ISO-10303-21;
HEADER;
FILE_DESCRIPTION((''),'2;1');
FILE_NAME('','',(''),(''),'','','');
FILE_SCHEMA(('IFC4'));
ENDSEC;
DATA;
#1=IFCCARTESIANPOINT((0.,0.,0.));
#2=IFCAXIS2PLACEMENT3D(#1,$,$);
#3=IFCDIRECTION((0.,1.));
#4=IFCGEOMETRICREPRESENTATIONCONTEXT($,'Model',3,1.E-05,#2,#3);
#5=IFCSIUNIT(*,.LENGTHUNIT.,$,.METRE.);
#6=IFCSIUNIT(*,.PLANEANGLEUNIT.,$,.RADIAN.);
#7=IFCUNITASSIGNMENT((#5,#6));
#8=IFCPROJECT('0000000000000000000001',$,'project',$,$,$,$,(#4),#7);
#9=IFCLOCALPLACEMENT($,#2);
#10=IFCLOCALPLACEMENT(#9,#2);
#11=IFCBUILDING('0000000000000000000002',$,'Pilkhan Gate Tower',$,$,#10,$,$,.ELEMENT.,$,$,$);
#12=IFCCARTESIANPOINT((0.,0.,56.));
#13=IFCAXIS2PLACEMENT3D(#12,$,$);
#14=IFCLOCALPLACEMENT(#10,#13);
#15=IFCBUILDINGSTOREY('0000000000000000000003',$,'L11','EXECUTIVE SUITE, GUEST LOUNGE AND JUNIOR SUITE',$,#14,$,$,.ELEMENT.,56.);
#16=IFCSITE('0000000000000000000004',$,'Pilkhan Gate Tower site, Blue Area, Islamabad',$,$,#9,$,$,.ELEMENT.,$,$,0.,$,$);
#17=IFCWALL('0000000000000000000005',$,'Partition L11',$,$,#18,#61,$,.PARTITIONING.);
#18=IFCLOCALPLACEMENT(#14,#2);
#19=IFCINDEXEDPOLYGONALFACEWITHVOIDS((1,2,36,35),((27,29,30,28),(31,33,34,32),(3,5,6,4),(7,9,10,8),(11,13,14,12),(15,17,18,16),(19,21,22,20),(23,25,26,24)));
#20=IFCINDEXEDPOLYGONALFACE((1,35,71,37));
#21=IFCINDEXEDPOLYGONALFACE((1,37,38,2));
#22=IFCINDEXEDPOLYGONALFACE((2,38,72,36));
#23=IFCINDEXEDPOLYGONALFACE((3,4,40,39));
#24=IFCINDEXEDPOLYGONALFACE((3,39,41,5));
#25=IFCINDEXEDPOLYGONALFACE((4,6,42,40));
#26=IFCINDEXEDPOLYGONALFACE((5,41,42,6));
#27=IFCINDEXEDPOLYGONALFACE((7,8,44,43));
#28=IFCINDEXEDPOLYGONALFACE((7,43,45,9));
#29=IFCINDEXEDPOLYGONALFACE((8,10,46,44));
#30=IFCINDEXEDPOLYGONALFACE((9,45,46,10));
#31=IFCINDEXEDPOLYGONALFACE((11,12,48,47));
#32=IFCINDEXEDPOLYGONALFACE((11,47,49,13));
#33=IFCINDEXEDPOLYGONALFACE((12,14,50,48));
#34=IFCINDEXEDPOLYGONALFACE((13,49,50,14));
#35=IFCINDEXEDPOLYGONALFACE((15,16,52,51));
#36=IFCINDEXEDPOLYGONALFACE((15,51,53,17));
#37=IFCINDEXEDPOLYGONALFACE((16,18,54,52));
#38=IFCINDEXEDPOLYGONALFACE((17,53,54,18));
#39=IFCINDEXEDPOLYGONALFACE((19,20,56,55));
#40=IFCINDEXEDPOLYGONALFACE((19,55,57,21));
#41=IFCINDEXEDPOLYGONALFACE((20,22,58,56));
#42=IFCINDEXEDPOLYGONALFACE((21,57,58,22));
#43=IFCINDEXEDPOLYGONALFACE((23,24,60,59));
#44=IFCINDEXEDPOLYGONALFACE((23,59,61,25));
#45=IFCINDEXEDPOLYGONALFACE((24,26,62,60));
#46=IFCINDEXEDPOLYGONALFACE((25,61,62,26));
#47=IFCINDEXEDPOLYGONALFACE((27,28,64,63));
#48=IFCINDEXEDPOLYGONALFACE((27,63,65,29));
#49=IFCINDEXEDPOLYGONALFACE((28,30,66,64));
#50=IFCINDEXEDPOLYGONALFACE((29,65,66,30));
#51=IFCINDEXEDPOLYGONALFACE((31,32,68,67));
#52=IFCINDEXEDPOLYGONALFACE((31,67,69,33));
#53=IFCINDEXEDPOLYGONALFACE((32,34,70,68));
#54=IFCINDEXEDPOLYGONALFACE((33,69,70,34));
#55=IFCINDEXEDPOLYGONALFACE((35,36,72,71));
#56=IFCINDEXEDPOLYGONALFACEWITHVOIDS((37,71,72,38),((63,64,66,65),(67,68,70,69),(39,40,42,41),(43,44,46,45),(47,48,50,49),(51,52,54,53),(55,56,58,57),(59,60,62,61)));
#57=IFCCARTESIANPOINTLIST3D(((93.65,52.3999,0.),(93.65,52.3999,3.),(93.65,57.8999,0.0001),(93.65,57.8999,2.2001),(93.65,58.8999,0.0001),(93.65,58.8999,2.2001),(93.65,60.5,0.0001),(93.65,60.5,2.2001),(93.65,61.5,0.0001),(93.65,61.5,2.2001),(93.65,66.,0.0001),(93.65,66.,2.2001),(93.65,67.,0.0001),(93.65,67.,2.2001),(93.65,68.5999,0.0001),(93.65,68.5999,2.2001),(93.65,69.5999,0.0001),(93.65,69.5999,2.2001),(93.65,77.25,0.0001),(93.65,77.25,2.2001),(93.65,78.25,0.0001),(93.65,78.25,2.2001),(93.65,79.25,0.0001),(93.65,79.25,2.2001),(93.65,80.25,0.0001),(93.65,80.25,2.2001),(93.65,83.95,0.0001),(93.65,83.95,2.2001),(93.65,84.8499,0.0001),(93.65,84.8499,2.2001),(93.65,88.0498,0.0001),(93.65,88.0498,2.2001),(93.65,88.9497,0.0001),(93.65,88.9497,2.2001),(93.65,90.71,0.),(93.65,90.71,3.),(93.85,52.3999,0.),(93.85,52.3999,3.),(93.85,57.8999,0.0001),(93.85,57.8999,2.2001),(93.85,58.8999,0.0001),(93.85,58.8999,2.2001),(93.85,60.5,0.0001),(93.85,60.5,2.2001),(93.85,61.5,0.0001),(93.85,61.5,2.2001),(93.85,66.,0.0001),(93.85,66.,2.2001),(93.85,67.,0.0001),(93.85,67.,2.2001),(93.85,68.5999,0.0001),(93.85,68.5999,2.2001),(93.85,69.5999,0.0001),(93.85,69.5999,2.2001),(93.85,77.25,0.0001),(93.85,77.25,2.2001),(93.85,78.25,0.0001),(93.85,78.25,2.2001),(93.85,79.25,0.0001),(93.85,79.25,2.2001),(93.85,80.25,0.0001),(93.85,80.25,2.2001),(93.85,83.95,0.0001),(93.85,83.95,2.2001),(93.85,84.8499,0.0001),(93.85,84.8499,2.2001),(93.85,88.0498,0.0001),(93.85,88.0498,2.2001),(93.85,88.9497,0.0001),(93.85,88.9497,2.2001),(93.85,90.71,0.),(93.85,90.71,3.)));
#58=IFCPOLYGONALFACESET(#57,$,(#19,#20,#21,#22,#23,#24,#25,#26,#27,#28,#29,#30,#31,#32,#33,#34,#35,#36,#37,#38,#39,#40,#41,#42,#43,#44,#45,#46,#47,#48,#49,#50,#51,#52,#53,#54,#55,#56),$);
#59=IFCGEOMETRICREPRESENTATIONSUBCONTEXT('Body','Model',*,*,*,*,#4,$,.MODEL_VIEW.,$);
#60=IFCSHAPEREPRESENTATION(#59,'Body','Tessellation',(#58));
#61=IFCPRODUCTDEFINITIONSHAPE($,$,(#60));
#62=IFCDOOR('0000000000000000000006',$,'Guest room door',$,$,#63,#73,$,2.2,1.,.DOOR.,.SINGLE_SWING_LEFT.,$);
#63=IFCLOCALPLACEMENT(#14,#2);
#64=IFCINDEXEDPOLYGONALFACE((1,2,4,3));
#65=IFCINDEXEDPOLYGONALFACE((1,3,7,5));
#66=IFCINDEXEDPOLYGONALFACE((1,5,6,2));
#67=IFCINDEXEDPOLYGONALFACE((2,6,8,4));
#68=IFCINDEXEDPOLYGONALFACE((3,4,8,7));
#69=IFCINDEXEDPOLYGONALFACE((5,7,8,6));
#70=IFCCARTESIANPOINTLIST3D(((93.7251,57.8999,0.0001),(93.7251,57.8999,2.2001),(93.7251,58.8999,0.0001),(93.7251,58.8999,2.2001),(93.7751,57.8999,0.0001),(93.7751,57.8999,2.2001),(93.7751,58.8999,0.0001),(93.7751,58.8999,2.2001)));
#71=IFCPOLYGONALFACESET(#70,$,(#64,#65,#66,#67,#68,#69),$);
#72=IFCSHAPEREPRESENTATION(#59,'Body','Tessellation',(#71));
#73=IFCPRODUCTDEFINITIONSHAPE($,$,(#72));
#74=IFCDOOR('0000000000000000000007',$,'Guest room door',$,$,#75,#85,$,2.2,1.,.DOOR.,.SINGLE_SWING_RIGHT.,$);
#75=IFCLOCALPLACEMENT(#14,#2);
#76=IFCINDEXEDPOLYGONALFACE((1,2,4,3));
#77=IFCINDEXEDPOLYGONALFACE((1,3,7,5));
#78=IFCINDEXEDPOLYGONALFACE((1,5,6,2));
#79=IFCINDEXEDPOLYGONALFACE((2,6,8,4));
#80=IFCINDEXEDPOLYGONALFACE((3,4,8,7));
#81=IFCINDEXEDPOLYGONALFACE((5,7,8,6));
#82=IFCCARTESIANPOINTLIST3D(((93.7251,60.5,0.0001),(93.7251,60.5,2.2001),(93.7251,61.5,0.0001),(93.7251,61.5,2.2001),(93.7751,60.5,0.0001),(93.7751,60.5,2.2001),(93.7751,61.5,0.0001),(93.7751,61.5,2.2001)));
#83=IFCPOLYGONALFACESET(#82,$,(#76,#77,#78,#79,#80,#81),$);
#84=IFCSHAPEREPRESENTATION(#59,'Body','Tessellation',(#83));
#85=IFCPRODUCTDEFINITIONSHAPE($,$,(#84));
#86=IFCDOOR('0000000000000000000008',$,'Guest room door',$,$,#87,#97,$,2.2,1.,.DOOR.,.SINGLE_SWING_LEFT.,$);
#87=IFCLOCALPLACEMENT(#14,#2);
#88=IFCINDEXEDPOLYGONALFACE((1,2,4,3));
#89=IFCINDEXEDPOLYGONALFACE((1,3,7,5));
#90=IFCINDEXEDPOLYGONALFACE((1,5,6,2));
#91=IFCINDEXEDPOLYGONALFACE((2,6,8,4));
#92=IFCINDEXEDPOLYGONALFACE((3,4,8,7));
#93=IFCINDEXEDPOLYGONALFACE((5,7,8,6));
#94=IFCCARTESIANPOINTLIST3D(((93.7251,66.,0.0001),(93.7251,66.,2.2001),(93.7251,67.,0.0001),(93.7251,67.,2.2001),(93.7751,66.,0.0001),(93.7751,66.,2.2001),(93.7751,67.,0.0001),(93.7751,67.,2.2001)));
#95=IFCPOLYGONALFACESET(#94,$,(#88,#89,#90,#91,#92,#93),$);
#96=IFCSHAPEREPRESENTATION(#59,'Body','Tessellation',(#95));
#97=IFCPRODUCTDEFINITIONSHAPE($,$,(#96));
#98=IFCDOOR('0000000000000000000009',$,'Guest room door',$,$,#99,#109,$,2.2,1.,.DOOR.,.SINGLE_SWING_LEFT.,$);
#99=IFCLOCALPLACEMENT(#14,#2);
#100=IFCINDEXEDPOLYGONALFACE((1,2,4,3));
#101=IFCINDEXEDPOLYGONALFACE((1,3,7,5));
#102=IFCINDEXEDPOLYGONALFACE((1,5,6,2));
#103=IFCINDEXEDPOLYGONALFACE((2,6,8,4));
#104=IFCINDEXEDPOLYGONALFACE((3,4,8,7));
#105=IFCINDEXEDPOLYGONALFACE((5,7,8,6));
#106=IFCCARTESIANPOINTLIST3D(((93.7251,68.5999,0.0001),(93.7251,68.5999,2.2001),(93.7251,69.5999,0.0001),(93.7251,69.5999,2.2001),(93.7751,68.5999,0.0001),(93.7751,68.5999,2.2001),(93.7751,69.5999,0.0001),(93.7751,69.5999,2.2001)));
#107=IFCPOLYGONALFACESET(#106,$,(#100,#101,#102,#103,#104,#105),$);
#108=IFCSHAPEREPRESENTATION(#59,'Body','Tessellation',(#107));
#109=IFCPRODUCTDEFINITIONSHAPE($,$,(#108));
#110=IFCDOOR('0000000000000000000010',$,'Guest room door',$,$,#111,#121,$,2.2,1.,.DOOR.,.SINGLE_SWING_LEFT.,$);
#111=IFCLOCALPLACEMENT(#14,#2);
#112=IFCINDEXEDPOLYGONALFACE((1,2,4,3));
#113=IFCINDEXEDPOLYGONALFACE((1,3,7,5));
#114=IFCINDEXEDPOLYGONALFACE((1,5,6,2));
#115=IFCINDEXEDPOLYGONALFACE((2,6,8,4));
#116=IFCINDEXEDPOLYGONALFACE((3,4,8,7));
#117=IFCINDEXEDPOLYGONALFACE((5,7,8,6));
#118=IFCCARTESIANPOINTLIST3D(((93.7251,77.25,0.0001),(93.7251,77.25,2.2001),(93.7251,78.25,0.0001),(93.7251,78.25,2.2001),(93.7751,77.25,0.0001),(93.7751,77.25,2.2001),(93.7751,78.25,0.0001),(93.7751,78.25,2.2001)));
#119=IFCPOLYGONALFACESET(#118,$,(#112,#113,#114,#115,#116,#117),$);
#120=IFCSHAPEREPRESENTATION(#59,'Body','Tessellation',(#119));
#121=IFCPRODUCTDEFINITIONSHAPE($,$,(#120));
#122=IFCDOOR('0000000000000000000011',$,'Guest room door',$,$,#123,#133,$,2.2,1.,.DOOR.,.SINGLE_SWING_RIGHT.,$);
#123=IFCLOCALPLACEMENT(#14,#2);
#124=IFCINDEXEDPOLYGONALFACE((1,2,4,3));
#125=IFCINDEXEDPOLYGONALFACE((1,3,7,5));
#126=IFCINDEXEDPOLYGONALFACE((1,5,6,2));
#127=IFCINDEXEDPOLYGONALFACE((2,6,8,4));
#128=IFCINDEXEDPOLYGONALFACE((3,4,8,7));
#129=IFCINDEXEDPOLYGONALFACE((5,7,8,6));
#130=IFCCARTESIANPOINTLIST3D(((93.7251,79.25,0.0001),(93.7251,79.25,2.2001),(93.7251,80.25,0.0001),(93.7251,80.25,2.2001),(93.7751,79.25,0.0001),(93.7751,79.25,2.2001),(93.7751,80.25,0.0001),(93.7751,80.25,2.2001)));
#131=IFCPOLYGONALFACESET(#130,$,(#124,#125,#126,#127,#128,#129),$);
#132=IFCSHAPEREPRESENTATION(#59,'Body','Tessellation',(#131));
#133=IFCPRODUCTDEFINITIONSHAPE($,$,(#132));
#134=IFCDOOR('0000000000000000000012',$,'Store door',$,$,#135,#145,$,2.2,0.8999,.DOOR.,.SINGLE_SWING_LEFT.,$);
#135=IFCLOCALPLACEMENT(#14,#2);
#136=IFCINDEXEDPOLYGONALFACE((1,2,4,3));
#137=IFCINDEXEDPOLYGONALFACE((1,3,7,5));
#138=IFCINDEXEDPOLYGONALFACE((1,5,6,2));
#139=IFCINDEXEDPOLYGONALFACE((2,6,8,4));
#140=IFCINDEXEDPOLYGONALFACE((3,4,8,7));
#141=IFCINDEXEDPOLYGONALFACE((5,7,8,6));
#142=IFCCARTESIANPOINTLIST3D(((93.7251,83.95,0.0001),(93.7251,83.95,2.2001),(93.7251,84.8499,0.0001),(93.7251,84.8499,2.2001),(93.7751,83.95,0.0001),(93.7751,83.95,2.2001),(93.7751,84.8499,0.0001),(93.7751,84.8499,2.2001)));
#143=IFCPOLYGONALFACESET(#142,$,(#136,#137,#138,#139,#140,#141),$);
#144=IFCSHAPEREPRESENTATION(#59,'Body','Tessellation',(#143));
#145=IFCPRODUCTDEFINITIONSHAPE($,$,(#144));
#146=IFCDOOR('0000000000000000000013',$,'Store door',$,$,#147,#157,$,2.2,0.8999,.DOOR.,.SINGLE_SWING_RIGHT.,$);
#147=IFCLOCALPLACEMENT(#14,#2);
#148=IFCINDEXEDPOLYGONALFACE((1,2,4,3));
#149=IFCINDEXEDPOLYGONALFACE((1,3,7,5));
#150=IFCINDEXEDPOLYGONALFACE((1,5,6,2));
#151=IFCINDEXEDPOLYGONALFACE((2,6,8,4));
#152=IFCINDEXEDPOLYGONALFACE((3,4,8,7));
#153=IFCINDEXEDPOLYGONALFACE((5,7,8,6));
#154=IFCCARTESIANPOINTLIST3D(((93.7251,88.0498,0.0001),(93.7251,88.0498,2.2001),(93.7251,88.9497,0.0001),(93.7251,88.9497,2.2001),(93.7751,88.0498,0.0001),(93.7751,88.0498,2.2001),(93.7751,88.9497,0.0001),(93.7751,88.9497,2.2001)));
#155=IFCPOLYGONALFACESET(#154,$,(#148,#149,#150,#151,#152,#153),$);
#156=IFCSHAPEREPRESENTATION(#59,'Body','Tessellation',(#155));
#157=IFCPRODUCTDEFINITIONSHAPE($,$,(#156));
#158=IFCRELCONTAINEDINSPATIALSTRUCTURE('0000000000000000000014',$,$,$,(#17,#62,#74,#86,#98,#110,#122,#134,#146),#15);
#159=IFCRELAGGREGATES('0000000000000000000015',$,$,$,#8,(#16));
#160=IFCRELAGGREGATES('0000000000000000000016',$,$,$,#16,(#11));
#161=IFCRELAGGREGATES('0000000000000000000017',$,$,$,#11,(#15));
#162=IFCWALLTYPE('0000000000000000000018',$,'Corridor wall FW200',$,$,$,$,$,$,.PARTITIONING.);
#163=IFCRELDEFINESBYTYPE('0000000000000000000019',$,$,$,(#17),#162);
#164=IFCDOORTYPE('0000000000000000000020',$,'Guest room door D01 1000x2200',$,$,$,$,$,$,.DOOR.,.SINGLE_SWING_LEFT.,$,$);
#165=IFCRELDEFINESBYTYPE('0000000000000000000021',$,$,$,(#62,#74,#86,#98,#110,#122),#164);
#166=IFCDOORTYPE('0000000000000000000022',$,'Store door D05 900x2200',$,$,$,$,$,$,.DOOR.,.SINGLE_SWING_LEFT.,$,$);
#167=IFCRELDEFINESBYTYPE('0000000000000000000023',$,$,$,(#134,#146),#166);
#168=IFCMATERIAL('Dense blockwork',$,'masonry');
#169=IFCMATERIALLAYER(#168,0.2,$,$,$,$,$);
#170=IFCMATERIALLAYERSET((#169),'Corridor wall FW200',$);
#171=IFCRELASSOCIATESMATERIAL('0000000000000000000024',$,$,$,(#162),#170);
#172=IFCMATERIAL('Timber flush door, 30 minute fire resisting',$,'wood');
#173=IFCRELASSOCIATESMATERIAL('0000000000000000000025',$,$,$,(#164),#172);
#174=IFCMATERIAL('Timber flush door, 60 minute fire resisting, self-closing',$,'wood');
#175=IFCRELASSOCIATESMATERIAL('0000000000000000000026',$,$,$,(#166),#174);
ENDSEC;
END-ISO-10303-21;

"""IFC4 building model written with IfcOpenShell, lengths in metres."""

from ifc_helpers import new_model, si_unit, direction, frame, frame_2d, origin, place, context, subcontext, project, spatial, rectangle, extrude, material, layer, layer_set, type_object, element, fill, save


model = new_model("IFC4")

# Units and contexts
model_context = context("Model", 3, precision=1e-05, world=origin(), true_north=direction((0.0, 1.0)))
body_context = subcontext(model_context, "Body", "Model", "MODEL_VIEW")
ifc_project = project(units=[si_unit("LENGTHUNIT", "METRE"), si_unit("PLANEANGLEUNIT", "RADIAN")], contexts=[model_context])

# Site, building, storey
site_placement = place(None, origin())
site = spatial("IfcSite", under=ifc_project, at=site_placement, Name="Pilkhan Gate Tower site, Blue Area, Islamabad", CompositionType="ELEMENT", RefElevation=0.0)
building_placement = place(site_placement, origin())
building = spatial("IfcBuilding", under=site, at=building_placement, Name="Pilkhan Gate Tower", CompositionType="ELEMENT")
storey_placement = place(building_placement, frame((0.0, 0.0, 56.0)))
storey = spatial("IfcBuildingStorey", under=building, at=storey_placement, Name="L11", Description="EXECUTIVE SUITE, GUEST LOUNGE AND JUNIOR SUITE", CompositionType="ELEMENT", Elevation=56.0)

# Shared definitions
ifc_material_1 = material(Name="Dense blockwork", Category="masonry")
ifc_layer_1 = layer(ifc_material_1, 0.2)
ifc_layer_set_1 = layer_set([ifc_layer_1], Name="Corridor wall FW200")
wall_type_1 = type_object("IfcWallType", Name="Corridor wall FW200", PredefinedType="PARTITIONING", material=ifc_layer_set_1)

# Wall, openings, doors
ifc_material_2 = material(Name="Timber flush door, 30 minute fire resisting", Category="wood")
wall_1_placement = place(storey_placement, frame((93.75, 52.3999, 0.0), z_axis=(0.0, 0.0, 1.0), x_axis=(0.0, 1.0, 0.0)))
wall_1 = element("IfcWall", 1, at=wall_1_placement, inside=storey, type_object=wall_type_1, Name="Partition L11", PredefinedType="PARTITIONING", context=body_context, shape_type="SweptSolid", body=[
    extrude(rectangle(XDim=38.3101, YDim=0.2, at=frame_2d((19.155, 0.0))), origin(), (0.0, 0.0, 1.0), 3.0),
])
opening_1_placement = place(wall_1_placement, frame((5.5, 0.0, 0.0)))
opening_1 = element("IfcOpeningElement", 2, at=opening_1_placement, cuts=wall_1, PredefinedType="OPENING", context=body_context, shape_type="SweptSolid", body=[
    extrude(rectangle(XDim=1.0, YDim=2.2, at=frame_2d((0.5, 1.1001))), frame((0.0, 0.1099, 0.0), z_axis=(0.0, -1.0, 0.0), x_axis=(1.0, 0.0, 0.0)), (0.0, 0.0, 1.0), 0.22),
])
opening_2_placement = place(wall_1_placement, frame((8.1001, 0.0, 0.0)))
opening_2 = element("IfcOpeningElement", 3, at=opening_2_placement, cuts=wall_1, PredefinedType="OPENING", context=body_context, shape_type="SweptSolid", body=[
    extrude(rectangle(XDim=1.0, YDim=2.2, at=frame_2d((0.5, 1.1001))), frame((0.0, 0.1099, 0.0), z_axis=(0.0, -1.0, 0.0), x_axis=(1.0, 0.0, 0.0)), (0.0, 0.0, 1.0), 0.22),
])
opening_3_placement = place(wall_1_placement, frame((13.6001, 0.0, 0.0)))
opening_3 = element("IfcOpeningElement", 4, at=opening_3_placement, cuts=wall_1, PredefinedType="OPENING", context=body_context, shape_type="SweptSolid", body=[
    extrude(rectangle(XDim=1.0, YDim=2.2, at=frame_2d((0.5, 1.1001))), frame((0.0, 0.1099, 0.0), z_axis=(0.0, -1.0, 0.0), x_axis=(1.0, 0.0, 0.0)), (0.0, 0.0, 1.0), 0.22),
])
opening_4_placement = place(wall_1_placement, frame((16.2, 0.0, 0.0)))
opening_4 = element("IfcOpeningElement", 5, at=opening_4_placement, cuts=wall_1, PredefinedType="OPENING", context=body_context, shape_type="SweptSolid", body=[
    extrude(rectangle(XDim=1.0, YDim=2.2, at=frame_2d((0.5, 1.1001))), frame((0.0, 0.1099, 0.0), z_axis=(0.0, -1.0, 0.0), x_axis=(1.0, 0.0, 0.0)), (0.0, 0.0, 1.0), 0.22),
])
opening_5_placement = place(wall_1_placement, frame((24.8501, 0.0, 0.0)))
opening_5 = element("IfcOpeningElement", 6, at=opening_5_placement, cuts=wall_1, PredefinedType="OPENING", context=body_context, shape_type="SweptSolid", body=[
    extrude(rectangle(XDim=1.0, YDim=2.2, at=frame_2d((0.5, 1.1001))), frame((0.0, 0.1099, 0.0), z_axis=(0.0, -1.0, 0.0), x_axis=(1.0, 0.0, 0.0)), (0.0, 0.0, 1.0), 0.22),
])
opening_6_placement = place(wall_1_placement, frame((26.8501, 0.0, 0.0)))
opening_6 = element("IfcOpeningElement", 7, at=opening_6_placement, cuts=wall_1, PredefinedType="OPENING", context=body_context, shape_type="SweptSolid", body=[
    extrude(rectangle(XDim=1.0, YDim=2.2, at=frame_2d((0.5, 1.1001))), frame((0.0, 0.1099, 0.0), z_axis=(0.0, -1.0, 0.0), x_axis=(1.0, 0.0, 0.0)), (0.0, 0.0, 1.0), 0.22),
])
opening_7_placement = place(wall_1_placement, frame((31.55, 0.0, 0.0)))
opening_7 = element("IfcOpeningElement", 8, at=opening_7_placement, cuts=wall_1, PredefinedType="OPENING", context=body_context, shape_type="SweptSolid", body=[
    extrude(rectangle(XDim=0.8999, YDim=2.2, at=frame_2d((0.45, 1.1001))), frame((0.0, 0.1099, 0.0), z_axis=(0.0, -1.0, 0.0), x_axis=(1.0, 0.0, 0.0)), (0.0, 0.0, 1.0), 0.22),
])
opening_8_placement = place(wall_1_placement, frame((35.6499, 0.0, 0.0)))
opening_8 = element("IfcOpeningElement", 9, at=opening_8_placement, cuts=wall_1, PredefinedType="OPENING", context=body_context, shape_type="SweptSolid", body=[
    extrude(rectangle(XDim=0.8999, YDim=2.2, at=frame_2d((0.45, 1.1001))), frame((0.0, 0.1099, 0.0), z_axis=(0.0, -1.0, 0.0), x_axis=(1.0, 0.0, 0.0)), (0.0, 0.0, 1.0), 0.22),
])
door_type_1 = type_object("IfcDoorType", Name="Guest room door D01 1000x2200", OperationType="SINGLE_SWING_LEFT", PredefinedType="DOOR", material=ifc_material_2)
door_1_placement = place(opening_1_placement, origin())
door_1 = element("IfcDoor", 10, at=door_1_placement, inside=storey, type_object=door_type_1, Name="Guest room door", OperationType="SINGLE_SWING_LEFT", OverallHeight=2.2, OverallWidth=1.0, PredefinedType="DOOR", context=body_context, shape_type="SweptSolid", body=[
    extrude(rectangle(XDim=1.0, YDim=2.2, at=frame_2d((0.5, 1.1001))), frame((0.0, 0.0249, 0.0), z_axis=(0.0, -1.0, 0.0), x_axis=(1.0, 0.0, 0.0)), (0.0, 0.0, 1.0), 0.05),
])
fill(opening_1, door_1)
door_2_placement = place(opening_2_placement, origin())
door_2 = element("IfcDoor", 11, at=door_2_placement, inside=storey, type_object=door_type_1, Name="Guest room door", OperationType="SINGLE_SWING_RIGHT", OverallHeight=2.2, OverallWidth=1.0, PredefinedType="DOOR", context=body_context, shape_type="SweptSolid", body=[
    extrude(rectangle(XDim=1.0, YDim=2.2, at=frame_2d((0.5, 1.1001))), frame((0.0, 0.0249, 0.0), z_axis=(0.0, -1.0, 0.0), x_axis=(1.0, 0.0, 0.0)), (0.0, 0.0, 1.0), 0.05),
])
fill(opening_2, door_2)
door_3_placement = place(opening_3_placement, origin())
door_3 = element("IfcDoor", 12, at=door_3_placement, inside=storey, type_object=door_type_1, Name="Guest room door", OperationType="SINGLE_SWING_LEFT", OverallHeight=2.2, OverallWidth=1.0, PredefinedType="DOOR", context=body_context, shape_type="SweptSolid", body=[
    extrude(rectangle(XDim=1.0, YDim=2.2, at=frame_2d((0.5, 1.1001))), frame((0.0, 0.0249, 0.0), z_axis=(0.0, -1.0, 0.0), x_axis=(1.0, 0.0, 0.0)), (0.0, 0.0, 1.0), 0.05),
])
fill(opening_3, door_3)
door_4_placement = place(opening_4_placement, origin())
door_4 = element("IfcDoor", 13, at=door_4_placement, inside=storey, type_object=door_type_1, Name="Guest room door", OperationType="SINGLE_SWING_LEFT", OverallHeight=2.2, OverallWidth=1.0, PredefinedType="DOOR", context=body_context, shape_type="SweptSolid", body=[
    extrude(rectangle(XDim=1.0, YDim=2.2, at=frame_2d((0.5, 1.1001))), frame((0.0, 0.0249, 0.0), z_axis=(0.0, -1.0, 0.0), x_axis=(1.0, 0.0, 0.0)), (0.0, 0.0, 1.0), 0.05),
])
fill(opening_4, door_4)
door_5_placement = place(opening_5_placement, origin())
door_5 = element("IfcDoor", 14, at=door_5_placement, inside=storey, type_object=door_type_1, Name="Guest room door", OperationType="SINGLE_SWING_LEFT", OverallHeight=2.2, OverallWidth=1.0, PredefinedType="DOOR", context=body_context, shape_type="SweptSolid", body=[
    extrude(rectangle(XDim=1.0, YDim=2.2, at=frame_2d((0.5, 1.1001))), frame((0.0, 0.0249, 0.0), z_axis=(0.0, -1.0, 0.0), x_axis=(1.0, 0.0, 0.0)), (0.0, 0.0, 1.0), 0.05),
])
fill(opening_5, door_5)
door_6_placement = place(opening_6_placement, origin())
door_6 = element("IfcDoor", 15, at=door_6_placement, inside=storey, type_object=door_type_1, Name="Guest room door", OperationType="SINGLE_SWING_RIGHT", OverallHeight=2.2, OverallWidth=1.0, PredefinedType="DOOR", context=body_context, shape_type="SweptSolid", body=[
    extrude(rectangle(XDim=1.0, YDim=2.2, at=frame_2d((0.5, 1.1001))), frame((0.0, 0.0249, 0.0), z_axis=(0.0, -1.0, 0.0), x_axis=(1.0, 0.0, 0.0)), (0.0, 0.0, 1.0), 0.05),
])
fill(opening_6, door_6)
ifc_material_3 = material(Name="Timber flush door, 60 minute fire resisting, self-closing", Category="wood")
door_type_2 = type_object("IfcDoorType", Name="Store door D05 900x2200", OperationType="SINGLE_SWING_LEFT", PredefinedType="DOOR", material=ifc_material_3)
door_7_placement = place(opening_7_placement, origin())
door_7 = element("IfcDoor", 16, at=door_7_placement, inside=storey, type_object=door_type_2, Name="Store door", OperationType="SINGLE_SWING_LEFT", OverallHeight=2.2, OverallWidth=0.8999, PredefinedType="DOOR", context=body_context, shape_type="SweptSolid", body=[
    extrude(rectangle(XDim=0.8999, YDim=2.2, at=frame_2d((0.45, 1.1001))), frame((0.0, 0.0249, 0.0), z_axis=(0.0, -1.0, 0.0), x_axis=(1.0, 0.0, 0.0)), (0.0, 0.0, 1.0), 0.05),
])
fill(opening_7, door_7)
door_8_placement = place(opening_8_placement, origin())
door_8 = element("IfcDoor", 17, at=door_8_placement, inside=storey, type_object=door_type_2, Name="Store door", OperationType="SINGLE_SWING_RIGHT", OverallHeight=2.2, OverallWidth=0.8999, PredefinedType="DOOR", context=body_context, shape_type="SweptSolid", body=[
    extrude(rectangle(XDim=0.8999, YDim=2.2, at=frame_2d((0.45, 1.1001))), frame((0.0, 0.0249, 0.0), z_axis=(0.0, -1.0, 0.0), x_axis=(1.0, 0.0, 0.0)), (0.0, 0.0, 1.0), 0.05),
])
fill(opening_8, door_8)

save(model, "model.ifc")
